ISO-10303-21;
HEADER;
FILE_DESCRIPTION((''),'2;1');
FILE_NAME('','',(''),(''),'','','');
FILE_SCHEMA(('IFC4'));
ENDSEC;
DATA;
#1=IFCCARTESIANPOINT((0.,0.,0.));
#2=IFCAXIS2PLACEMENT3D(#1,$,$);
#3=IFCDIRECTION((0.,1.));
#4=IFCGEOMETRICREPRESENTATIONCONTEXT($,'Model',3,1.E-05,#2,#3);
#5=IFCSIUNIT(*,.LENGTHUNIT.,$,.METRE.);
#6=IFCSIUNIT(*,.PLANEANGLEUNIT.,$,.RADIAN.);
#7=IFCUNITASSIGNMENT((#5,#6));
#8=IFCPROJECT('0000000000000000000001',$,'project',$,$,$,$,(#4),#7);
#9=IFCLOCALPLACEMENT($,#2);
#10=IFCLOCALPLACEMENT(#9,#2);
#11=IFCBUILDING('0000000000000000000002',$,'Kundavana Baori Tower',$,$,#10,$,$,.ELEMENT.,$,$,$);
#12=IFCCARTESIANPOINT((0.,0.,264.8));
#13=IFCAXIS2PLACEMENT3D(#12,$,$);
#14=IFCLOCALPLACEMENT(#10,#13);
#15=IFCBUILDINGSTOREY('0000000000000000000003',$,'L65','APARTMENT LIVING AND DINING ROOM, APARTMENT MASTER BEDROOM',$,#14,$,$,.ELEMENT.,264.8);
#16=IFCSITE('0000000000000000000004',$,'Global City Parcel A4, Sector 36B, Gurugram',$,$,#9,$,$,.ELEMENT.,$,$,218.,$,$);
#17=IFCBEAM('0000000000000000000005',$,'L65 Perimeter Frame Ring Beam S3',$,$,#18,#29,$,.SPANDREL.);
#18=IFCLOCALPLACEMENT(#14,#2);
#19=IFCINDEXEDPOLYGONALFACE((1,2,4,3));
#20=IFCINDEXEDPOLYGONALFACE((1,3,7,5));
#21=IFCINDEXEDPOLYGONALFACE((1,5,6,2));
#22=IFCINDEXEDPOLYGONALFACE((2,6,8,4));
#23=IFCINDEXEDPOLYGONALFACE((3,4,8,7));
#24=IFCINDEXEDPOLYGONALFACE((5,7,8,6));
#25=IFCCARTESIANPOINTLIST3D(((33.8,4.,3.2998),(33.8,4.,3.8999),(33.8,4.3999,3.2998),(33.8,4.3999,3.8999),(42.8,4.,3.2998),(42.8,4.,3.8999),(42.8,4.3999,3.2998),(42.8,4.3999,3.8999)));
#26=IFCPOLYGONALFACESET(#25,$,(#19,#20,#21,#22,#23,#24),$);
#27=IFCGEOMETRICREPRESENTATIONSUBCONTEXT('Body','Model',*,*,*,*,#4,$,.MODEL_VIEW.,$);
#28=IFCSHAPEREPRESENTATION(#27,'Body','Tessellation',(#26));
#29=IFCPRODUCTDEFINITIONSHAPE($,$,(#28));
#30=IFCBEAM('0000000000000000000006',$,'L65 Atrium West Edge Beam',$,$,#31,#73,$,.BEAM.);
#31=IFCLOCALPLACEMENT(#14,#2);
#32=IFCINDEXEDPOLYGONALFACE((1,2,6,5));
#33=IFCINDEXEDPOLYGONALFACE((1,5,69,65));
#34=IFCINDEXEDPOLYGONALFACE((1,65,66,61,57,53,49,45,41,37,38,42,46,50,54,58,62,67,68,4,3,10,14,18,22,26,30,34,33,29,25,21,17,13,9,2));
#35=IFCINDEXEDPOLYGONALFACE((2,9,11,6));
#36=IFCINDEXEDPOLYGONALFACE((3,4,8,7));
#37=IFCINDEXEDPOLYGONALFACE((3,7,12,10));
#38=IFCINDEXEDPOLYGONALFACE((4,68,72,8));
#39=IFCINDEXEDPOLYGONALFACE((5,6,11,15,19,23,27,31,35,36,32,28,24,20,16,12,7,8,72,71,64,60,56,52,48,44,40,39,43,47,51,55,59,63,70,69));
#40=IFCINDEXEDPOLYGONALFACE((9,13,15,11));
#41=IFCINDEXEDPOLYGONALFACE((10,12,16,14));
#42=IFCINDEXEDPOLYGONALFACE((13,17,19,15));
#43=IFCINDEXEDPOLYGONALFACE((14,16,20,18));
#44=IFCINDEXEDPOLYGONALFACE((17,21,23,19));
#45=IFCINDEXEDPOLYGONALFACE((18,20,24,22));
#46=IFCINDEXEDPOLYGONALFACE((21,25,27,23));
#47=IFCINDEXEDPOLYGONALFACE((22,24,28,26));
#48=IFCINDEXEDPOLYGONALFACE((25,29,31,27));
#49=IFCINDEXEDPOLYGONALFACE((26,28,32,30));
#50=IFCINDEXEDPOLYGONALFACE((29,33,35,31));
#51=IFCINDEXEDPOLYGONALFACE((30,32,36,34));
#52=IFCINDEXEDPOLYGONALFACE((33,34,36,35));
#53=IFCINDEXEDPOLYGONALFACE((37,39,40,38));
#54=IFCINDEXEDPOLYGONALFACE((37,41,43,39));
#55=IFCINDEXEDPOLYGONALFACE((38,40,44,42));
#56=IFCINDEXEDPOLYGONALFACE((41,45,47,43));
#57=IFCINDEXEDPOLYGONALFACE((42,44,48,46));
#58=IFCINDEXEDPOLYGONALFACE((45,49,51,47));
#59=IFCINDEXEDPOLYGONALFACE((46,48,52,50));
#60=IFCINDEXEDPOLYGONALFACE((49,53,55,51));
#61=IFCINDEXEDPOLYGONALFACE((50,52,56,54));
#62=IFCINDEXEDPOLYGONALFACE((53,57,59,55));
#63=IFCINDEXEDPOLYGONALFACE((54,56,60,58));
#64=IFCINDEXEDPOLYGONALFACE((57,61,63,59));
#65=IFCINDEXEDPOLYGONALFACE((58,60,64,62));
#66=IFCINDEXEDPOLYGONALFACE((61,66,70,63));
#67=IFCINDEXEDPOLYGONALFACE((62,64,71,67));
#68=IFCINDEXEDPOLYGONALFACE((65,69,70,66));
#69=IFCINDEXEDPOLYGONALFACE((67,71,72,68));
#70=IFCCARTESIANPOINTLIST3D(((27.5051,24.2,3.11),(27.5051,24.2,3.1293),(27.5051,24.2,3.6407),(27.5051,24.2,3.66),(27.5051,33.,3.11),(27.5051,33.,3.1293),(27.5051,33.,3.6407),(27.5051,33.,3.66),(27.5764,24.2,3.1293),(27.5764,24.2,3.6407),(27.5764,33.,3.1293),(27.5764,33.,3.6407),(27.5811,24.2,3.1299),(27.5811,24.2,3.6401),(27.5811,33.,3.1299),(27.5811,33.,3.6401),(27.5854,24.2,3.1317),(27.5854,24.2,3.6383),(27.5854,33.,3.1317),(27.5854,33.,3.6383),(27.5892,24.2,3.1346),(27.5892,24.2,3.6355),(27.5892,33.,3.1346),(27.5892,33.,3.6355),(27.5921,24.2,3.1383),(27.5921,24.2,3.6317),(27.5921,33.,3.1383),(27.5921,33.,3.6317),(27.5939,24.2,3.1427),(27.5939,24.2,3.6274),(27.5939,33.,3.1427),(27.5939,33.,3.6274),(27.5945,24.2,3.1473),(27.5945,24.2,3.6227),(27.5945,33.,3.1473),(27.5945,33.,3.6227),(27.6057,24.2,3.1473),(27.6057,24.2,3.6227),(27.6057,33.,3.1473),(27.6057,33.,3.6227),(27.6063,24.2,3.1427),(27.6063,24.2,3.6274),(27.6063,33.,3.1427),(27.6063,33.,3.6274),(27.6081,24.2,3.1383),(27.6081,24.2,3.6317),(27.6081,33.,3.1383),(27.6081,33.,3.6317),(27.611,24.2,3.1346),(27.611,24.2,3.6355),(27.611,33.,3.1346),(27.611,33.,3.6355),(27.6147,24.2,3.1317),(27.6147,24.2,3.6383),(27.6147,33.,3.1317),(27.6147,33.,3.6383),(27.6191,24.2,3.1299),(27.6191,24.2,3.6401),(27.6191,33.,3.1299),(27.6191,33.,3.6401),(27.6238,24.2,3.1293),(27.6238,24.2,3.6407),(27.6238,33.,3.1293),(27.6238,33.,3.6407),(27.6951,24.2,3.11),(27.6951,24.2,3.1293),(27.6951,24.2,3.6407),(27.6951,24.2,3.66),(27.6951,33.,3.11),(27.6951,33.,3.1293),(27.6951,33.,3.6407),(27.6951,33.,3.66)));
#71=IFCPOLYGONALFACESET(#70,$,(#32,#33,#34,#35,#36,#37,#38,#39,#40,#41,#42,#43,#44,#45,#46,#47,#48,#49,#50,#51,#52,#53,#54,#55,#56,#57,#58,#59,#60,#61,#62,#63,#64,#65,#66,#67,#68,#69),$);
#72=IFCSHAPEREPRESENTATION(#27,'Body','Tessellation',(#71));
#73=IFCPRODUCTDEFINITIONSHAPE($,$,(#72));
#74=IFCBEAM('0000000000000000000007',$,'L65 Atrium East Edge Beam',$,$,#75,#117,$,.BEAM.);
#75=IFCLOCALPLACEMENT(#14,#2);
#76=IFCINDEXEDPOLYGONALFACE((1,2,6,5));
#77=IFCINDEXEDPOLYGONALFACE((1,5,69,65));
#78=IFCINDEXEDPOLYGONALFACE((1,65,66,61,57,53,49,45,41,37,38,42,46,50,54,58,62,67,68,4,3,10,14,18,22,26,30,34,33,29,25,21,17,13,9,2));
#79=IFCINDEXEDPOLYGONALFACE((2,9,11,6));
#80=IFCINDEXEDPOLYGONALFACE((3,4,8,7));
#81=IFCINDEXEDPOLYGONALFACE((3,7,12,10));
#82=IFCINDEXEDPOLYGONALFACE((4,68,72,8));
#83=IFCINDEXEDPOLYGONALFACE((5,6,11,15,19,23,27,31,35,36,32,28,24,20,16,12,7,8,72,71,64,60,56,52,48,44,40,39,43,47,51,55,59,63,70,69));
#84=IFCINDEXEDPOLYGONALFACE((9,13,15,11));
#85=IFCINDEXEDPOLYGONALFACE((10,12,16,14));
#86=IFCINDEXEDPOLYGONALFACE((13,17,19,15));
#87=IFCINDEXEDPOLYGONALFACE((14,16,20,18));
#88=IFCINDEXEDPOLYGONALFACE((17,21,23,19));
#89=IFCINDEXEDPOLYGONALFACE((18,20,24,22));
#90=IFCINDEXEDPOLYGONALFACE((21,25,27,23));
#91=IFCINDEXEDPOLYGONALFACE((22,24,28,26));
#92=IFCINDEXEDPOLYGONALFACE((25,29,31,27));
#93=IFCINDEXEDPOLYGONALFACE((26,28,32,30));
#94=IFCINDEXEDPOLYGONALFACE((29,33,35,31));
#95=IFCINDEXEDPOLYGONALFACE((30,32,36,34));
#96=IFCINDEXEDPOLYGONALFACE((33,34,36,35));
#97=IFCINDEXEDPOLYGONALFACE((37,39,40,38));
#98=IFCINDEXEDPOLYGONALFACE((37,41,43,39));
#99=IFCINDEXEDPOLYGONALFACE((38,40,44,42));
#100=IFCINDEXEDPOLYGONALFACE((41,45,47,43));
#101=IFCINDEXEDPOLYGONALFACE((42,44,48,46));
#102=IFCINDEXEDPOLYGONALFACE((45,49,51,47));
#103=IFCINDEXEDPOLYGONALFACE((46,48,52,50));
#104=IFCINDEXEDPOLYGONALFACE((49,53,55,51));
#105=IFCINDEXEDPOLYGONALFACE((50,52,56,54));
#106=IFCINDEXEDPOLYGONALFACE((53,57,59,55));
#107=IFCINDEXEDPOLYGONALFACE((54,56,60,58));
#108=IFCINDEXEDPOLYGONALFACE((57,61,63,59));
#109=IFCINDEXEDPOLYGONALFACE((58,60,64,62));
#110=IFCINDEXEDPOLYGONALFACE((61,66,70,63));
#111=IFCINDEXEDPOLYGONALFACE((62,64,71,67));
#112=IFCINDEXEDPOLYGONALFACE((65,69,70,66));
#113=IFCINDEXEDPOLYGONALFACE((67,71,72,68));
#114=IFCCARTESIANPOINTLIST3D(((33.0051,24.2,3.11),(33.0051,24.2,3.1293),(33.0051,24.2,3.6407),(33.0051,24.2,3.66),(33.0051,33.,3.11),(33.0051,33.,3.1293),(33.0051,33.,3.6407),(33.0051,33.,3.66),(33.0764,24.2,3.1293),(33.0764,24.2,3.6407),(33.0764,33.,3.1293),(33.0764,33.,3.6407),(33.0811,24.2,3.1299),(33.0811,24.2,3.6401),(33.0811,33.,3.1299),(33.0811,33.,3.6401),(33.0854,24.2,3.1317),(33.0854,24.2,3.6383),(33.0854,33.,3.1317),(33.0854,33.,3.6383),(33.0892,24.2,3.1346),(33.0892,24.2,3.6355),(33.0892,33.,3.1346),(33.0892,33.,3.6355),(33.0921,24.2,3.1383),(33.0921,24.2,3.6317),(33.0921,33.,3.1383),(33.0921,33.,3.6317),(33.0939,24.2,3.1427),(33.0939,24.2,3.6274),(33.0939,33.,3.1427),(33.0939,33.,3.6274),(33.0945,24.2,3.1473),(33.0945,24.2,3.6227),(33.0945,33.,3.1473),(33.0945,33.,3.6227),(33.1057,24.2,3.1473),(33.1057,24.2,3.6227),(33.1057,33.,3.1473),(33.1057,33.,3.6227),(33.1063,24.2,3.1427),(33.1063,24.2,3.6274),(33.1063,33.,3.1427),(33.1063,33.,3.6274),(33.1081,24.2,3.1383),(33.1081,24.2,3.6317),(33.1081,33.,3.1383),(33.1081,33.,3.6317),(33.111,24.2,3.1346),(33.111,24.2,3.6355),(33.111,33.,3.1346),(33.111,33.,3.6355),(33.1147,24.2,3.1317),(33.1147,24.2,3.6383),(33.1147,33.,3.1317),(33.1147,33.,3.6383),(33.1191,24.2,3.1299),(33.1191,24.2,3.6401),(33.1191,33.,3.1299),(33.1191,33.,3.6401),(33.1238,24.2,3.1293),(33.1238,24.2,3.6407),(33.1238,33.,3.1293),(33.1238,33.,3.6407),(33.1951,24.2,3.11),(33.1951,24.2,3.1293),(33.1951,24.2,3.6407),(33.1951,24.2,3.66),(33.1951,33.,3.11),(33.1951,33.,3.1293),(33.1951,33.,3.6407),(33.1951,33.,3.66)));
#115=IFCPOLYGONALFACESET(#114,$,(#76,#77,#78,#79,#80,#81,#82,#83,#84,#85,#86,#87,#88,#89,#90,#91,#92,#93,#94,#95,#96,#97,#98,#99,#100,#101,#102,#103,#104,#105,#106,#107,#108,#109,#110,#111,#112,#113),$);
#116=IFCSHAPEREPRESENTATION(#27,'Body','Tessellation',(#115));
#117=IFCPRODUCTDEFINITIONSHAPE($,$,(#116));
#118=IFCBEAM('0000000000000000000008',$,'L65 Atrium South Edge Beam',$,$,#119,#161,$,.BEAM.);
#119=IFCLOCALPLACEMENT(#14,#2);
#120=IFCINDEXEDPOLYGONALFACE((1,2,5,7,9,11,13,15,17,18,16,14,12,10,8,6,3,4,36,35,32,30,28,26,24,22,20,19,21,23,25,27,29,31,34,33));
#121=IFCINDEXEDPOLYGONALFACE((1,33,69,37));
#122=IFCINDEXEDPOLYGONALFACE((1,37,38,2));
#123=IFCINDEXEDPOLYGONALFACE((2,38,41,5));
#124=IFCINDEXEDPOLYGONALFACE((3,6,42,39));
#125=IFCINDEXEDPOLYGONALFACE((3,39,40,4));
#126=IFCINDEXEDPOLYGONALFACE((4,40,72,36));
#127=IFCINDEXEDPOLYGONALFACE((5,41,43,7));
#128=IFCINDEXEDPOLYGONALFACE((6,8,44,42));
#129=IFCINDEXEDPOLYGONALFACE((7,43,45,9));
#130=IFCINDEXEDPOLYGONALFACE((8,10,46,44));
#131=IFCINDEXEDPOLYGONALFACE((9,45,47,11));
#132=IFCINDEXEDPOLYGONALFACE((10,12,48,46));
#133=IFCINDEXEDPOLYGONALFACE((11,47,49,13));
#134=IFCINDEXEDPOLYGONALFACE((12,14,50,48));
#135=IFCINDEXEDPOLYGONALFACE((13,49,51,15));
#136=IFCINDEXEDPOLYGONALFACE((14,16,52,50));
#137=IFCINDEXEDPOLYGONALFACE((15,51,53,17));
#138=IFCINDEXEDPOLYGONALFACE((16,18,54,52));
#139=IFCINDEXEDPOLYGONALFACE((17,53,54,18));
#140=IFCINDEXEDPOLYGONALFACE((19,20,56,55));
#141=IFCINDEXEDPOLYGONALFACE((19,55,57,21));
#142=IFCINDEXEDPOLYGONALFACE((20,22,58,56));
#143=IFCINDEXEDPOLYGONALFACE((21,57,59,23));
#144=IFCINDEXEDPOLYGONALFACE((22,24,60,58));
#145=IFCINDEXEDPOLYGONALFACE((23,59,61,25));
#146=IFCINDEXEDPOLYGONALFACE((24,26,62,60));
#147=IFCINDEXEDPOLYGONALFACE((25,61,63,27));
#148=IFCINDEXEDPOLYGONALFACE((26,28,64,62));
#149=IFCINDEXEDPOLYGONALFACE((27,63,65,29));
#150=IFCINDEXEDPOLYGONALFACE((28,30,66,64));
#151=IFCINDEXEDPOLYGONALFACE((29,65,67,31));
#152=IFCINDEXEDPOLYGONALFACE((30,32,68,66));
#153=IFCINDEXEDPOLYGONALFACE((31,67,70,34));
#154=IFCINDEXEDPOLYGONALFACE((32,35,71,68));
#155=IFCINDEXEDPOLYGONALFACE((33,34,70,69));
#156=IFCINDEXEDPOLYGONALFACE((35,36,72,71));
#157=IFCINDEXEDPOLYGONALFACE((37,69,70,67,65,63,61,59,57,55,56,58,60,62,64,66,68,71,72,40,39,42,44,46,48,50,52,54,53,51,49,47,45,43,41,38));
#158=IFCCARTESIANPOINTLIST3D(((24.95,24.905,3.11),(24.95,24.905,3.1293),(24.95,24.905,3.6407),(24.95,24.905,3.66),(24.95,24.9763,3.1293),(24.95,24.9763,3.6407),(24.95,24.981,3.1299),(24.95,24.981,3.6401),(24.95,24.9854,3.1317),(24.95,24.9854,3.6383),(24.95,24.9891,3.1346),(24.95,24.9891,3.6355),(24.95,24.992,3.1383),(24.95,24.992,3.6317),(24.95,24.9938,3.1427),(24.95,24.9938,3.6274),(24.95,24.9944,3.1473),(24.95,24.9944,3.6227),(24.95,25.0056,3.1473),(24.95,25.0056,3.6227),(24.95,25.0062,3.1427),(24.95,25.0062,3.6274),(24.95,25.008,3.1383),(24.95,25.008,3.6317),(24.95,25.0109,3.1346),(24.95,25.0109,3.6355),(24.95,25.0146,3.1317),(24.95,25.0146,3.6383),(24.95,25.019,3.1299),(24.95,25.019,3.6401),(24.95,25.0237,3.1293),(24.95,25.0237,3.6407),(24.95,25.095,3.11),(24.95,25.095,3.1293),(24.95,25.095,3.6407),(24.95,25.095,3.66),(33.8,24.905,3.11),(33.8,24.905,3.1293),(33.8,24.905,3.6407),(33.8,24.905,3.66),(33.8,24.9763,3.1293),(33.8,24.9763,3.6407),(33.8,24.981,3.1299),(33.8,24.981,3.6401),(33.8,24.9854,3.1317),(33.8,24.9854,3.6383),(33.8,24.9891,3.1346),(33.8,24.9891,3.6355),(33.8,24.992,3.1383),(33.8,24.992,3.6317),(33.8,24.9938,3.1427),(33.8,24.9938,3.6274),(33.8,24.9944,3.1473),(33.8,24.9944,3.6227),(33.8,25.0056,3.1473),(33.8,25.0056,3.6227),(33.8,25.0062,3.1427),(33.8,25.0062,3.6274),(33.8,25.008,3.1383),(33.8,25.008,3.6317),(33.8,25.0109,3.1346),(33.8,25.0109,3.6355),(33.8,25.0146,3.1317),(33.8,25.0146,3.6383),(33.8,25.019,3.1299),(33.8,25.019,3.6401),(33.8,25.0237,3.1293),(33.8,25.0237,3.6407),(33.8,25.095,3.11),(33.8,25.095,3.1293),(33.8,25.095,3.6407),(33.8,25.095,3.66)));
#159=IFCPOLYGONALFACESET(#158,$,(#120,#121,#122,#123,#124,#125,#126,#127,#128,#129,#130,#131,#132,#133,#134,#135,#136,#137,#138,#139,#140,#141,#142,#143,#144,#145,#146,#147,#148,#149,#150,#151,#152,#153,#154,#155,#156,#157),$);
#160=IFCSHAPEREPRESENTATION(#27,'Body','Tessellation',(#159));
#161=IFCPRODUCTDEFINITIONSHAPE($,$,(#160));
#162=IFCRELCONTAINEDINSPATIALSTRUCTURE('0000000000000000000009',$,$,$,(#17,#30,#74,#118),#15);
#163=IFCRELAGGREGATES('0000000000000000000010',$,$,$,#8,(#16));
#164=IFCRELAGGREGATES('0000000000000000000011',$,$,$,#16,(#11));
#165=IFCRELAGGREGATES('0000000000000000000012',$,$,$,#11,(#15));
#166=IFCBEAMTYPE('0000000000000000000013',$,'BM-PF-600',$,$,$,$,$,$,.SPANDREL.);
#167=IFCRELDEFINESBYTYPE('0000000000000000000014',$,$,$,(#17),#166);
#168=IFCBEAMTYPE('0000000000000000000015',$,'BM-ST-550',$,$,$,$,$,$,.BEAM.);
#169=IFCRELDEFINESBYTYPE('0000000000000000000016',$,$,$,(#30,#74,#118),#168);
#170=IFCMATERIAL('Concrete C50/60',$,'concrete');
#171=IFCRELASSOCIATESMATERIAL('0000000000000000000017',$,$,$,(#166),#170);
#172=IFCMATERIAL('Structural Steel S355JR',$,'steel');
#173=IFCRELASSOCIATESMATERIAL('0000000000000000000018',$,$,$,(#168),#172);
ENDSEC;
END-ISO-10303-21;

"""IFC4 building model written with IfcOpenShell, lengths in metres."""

from ifc_helpers import new_model, si_unit, direction, frame, origin, origin_2d, place, context, subcontext, project, spatial, rectangle, i_section, extrude, material, material_profile, profile_set, type_object, element, save


model = new_model("IFC4")

# Units and contexts
model_context = context("Model", 3, precision=1e-05, world=origin(), true_north=direction((0.0, 1.0)))
body_context = subcontext(model_context, "Body", "Model", "MODEL_VIEW")
ifc_project = project(units=[si_unit("LENGTHUNIT", "METRE"), si_unit("PLANEANGLEUNIT", "RADIAN")], contexts=[model_context])

# Site, building, storey
site_placement = place(None, origin())
site = spatial("IfcSite", under=ifc_project, at=site_placement, Name="Global City Parcel A4, Sector 36B, Gurugram", CompositionType="ELEMENT", RefElevation=218.0)
building_placement = place(site_placement, origin())
building = spatial("IfcBuilding", under=site, at=building_placement, Name="Kundavana Baori Tower", CompositionType="ELEMENT")
storey_placement = place(building_placement, frame((0.0, 0.0, 264.8)))
storey = spatial("IfcBuildingStorey", under=building, at=storey_placement, Name="L65", Description="APARTMENT LIVING AND DINING ROOM, APARTMENT MASTER BEDROOM", CompositionType="ELEMENT", Elevation=264.8)

# Beams
ifc_material_1 = material(Name="Concrete C50/60", Category="concrete")
ifc_material_profile_1 = material_profile(ifc_material_1, rectangle(XDim=0.3999, YDim=0.6001, at=origin_2d()), Name="RC BM 400x600")
ifc_profile_set_1 = profile_set([ifc_material_profile_1], Name="Concrete C50/60")
beam_type_1 = type_object("IfcBeamType", Name="BM-PF-600", PredefinedType="SPANDREL", material=ifc_profile_set_1)
beam_1_placement = place(storey_placement, frame((33.8, 4.2, 3.5999), z_axis=(1.0, 0.0, 0.0), x_axis=(0.0, 1.0, 0.0)))
element("IfcBeam", 1, at=beam_1_placement, inside=storey, type_object=beam_type_1, Name="L65 Perimeter Frame Ring Beam S3", PredefinedType="SPANDREL", context=body_context, shape_type="SweptSolid", body=[
    extrude(rectangle(XDim=0.3999, YDim=0.6001, at=origin_2d()), origin(), (0.0, 0.0, 1.0), 9.0),
])
ifc_material_2 = material(Name="Structural Steel S355JR", Category="steel")
ifc_material_profile_2 = material_profile(ifc_material_2, i_section(OverallWidth=0.1899, OverallDepth=0.55, WebThickness=0.0112, FlangeThickness=0.0193, FilletRadius=0.0181, at=origin_2d()), Name="ISMB 550")
ifc_profile_set_2 = profile_set([ifc_material_profile_2], Name="Structural Steel S355JR")
beam_type_2 = type_object("IfcBeamType", Name="BM-ST-550", PredefinedType="BEAM", material=ifc_profile_set_2)
for number, where, z_axis, x_axis, name in (
    (2, (27.6001, 24.2, 3.385), (0.0, 1.0, 0.0), (-1.0, 0.0, 0.0), "L65 Atrium West Edge Beam"),
    (3, (33.1001, 24.2, 3.385), (0.0, 1.0, 0.0), (-1.0, 0.0, 0.0), "L65 Atrium East Edge Beam"),
):
    element("IfcBeam", number, at=place(storey_placement, frame(where, z_axis=z_axis, x_axis=x_axis)), inside=storey, type_object=beam_type_2, Name=name, PredefinedType="BEAM", context=body_context, shape_type="SweptSolid", body=[
        extrude(i_section(OverallWidth=0.1899, OverallDepth=0.55, WebThickness=0.0112, FlangeThickness=0.0193, FilletRadius=0.0181, at=origin_2d()), origin(), (0.0, 0.0, 1.0), 8.8),
    ])
beam_2_placement = place(storey_placement, frame((24.95, 25.0, 3.385), z_axis=(1.0, 0.0, 0.0), x_axis=(0.0, 1.0, 0.0)))
element("IfcBeam", 4, at=beam_2_placement, inside=storey, type_object=beam_type_2, Name="L65 Atrium South Edge Beam", PredefinedType="BEAM", context=body_context, shape_type="SweptSolid", body=[
    extrude(i_section(OverallWidth=0.1899, OverallDepth=0.55, WebThickness=0.0112, FlangeThickness=0.0193, FilletRadius=0.0181, at=origin_2d()), origin(), (0.0, 0.0, 1.0), 8.8501),
])

save(model, "model.ifc")
